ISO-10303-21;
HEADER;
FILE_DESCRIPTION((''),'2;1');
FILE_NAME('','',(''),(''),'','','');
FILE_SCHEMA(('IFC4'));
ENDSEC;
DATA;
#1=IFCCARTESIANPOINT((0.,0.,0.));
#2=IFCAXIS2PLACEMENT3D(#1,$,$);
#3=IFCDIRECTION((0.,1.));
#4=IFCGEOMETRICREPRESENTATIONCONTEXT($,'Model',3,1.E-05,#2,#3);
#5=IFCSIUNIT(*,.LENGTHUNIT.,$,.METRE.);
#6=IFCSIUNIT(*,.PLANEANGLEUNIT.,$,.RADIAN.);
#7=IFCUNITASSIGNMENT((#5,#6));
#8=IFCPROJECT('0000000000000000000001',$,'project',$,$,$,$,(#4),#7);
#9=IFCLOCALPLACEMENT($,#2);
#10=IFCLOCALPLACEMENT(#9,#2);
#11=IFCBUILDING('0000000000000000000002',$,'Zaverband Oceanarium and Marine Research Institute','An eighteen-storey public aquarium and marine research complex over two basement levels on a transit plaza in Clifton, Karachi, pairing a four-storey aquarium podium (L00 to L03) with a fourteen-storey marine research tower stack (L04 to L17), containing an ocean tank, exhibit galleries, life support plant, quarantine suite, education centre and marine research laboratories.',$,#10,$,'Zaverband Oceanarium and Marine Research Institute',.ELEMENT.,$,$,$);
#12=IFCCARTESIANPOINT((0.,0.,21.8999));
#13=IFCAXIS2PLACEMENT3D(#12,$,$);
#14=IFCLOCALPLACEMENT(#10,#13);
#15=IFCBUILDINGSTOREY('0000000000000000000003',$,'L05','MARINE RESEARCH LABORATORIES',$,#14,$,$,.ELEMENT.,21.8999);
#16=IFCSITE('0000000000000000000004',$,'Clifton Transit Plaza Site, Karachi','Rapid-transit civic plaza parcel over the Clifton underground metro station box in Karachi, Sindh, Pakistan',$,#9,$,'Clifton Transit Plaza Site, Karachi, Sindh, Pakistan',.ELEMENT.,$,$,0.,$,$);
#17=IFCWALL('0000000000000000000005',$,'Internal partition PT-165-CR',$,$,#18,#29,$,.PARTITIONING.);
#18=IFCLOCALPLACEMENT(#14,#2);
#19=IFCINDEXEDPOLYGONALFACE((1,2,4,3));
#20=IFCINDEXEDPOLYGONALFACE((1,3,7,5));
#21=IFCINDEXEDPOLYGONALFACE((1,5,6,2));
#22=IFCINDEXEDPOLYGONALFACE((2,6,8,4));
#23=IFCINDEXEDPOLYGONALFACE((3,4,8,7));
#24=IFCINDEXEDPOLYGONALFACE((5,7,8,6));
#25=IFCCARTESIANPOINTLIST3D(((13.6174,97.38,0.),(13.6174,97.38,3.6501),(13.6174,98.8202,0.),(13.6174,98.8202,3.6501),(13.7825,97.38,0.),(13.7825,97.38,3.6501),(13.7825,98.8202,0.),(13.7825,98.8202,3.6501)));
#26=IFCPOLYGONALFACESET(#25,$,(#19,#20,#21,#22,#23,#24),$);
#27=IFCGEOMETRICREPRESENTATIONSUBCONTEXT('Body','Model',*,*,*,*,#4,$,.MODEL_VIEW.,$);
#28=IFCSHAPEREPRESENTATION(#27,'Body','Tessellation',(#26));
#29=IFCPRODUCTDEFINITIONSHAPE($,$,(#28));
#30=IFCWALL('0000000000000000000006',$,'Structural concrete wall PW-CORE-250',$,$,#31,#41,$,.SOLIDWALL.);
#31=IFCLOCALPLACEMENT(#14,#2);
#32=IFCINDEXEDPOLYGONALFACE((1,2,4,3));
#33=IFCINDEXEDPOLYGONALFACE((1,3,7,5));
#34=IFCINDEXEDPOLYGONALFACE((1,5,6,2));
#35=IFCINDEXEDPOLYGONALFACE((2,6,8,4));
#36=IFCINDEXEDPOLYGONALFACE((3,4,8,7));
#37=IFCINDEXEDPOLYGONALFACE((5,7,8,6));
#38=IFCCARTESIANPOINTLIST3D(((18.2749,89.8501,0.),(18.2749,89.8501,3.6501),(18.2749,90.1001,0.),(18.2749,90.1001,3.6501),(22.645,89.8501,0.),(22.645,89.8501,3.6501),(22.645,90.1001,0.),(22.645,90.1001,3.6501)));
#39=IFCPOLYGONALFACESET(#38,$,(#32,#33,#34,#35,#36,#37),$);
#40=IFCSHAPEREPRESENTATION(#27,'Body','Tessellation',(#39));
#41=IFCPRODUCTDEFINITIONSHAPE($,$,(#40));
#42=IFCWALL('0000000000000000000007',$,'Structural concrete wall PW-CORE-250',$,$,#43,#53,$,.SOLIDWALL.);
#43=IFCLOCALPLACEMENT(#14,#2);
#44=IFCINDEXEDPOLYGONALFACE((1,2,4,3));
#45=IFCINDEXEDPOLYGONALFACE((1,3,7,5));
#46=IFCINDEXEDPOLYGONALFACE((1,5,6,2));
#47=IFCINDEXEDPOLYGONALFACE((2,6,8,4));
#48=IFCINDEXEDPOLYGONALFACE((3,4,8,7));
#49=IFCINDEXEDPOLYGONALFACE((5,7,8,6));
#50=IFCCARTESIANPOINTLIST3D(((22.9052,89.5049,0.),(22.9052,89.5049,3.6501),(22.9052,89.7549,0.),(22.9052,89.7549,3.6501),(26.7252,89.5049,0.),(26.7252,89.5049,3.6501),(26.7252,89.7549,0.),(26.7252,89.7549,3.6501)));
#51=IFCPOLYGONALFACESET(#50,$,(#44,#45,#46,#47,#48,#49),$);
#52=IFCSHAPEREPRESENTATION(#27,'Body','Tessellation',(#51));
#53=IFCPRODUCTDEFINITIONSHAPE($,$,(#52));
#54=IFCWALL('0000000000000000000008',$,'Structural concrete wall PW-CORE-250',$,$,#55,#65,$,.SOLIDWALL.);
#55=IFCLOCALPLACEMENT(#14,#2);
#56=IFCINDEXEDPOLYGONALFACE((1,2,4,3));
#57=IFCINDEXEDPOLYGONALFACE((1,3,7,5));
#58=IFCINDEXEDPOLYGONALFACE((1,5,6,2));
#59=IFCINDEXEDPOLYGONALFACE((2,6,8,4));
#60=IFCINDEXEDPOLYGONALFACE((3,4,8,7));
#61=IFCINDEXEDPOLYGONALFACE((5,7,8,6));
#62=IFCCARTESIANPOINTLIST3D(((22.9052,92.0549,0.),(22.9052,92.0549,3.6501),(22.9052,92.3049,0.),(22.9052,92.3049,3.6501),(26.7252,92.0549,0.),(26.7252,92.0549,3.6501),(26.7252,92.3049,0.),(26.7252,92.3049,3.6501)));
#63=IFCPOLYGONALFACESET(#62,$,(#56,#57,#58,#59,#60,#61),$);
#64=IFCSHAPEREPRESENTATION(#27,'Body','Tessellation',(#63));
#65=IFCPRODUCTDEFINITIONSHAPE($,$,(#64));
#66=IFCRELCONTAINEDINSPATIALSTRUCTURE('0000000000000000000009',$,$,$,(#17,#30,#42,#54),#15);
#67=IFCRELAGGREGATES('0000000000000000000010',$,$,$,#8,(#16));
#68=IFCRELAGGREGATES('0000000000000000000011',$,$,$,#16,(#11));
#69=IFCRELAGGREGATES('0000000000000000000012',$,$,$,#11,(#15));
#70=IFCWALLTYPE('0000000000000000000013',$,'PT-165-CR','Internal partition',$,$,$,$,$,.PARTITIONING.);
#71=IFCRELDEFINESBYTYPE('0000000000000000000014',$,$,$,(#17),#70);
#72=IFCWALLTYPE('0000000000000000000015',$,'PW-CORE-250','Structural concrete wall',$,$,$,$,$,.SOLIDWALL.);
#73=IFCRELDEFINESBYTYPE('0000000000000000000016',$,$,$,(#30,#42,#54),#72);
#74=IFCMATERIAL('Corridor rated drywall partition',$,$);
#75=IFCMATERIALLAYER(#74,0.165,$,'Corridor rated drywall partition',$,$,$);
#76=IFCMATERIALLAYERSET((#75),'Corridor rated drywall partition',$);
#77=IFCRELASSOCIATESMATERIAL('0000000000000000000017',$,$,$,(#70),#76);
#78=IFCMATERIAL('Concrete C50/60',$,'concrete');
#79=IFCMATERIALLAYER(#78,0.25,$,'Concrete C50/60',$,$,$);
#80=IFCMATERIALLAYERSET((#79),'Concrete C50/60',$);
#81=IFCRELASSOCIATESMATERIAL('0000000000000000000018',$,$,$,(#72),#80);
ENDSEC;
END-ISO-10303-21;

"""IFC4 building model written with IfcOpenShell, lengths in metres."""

from ifc_helpers import new_model, si_unit, direction, frame, frame_2d, origin, place, context, subcontext, project, spatial, rectangle, extrude, material, layer, layer_set, type_object, element, save


model = new_model("IFC4")

# Units and contexts
model_context = context("Model", 3, precision=1e-05, world=origin(), true_north=direction((0.0, 1.0)))
body_context = subcontext(model_context, "Body", "Model", "MODEL_VIEW")
ifc_project = project(units=[si_unit("LENGTHUNIT", "METRE"), si_unit("PLANEANGLEUNIT", "RADIAN")], contexts=[model_context])

# Site, building, storey
site_placement = place(None, origin())
site = spatial("IfcSite", under=ifc_project, at=site_placement, Name="Clifton Transit Plaza Site, Karachi", Description="Rapid-transit civic plaza parcel over the Clifton underground metro station box in Karachi, Sindh, Pakistan", LongName="Clifton Transit Plaza Site, Karachi, Sindh, Pakistan", CompositionType="ELEMENT", RefElevation=0.0)
building_placement = place(site_placement, origin())
building = spatial("IfcBuilding", under=site, at=building_placement, Name="Zaverband Oceanarium and Marine Research Institute", Description="An eighteen-storey public aquarium and marine research complex over two basement levels on a transit plaza in Clifton, Karachi, pairing a four-storey aquarium podium (L00 to L03) with a fourteen-storey marine research tower stack (L04 to L17), containing an ocean tank, exhibit galleries, life support plant, quarantine suite, education centre and marine research laboratories.", LongName="Zaverband Oceanarium and Marine Research Institute", CompositionType="ELEMENT")
storey_placement = place(building_placement, frame((0.0, 0.0, 21.8999)))
storey = spatial("IfcBuildingStorey", under=building, at=storey_placement, Name="L05", Description="MARINE RESEARCH LABORATORIES", CompositionType="ELEMENT", Elevation=21.8999)

# Shared definitions
ifc_material_1 = material(Name="Concrete C50/60", Category="concrete")

# Walls
ifc_material_2 = material(Name="Corridor rated drywall partition")
ifc_layer_1 = layer(ifc_material_2, 0.165, Name="Corridor rated drywall partition")
ifc_layer_set_1 = layer_set([ifc_layer_1], Name="Corridor rated drywall partition")
wall_type_1 = type_object("IfcWallType", Name="PT-165-CR", Description="Internal partition", PredefinedType="PARTITIONING", material=ifc_layer_set_1)
for number, where, z_axis, x_axis, name in (
    (1, (13.7, 97.3799, 0.0), (0.0, 0.0, 1.0), (0.0, 1.0, 0.0), "Internal partition PT-165-CR"),
):
    element("IfcWall", number, at=place(storey_placement, frame(where, z_axis=z_axis, x_axis=x_axis)), inside=storey, type_object=wall_type_1, Name=name, PredefinedType="PARTITIONING", context=body_context, shape_type="SweptSolid", body=[
        extrude(rectangle(XDim=1.4402, YDim=0.165, at=frame_2d((0.7202, 0.0))), origin(), (0.0, 0.0, 1.0), 3.6501),
    ])
ifc_layer_2 = layer(ifc_material_1, 0.25, Name="Concrete C50/60")
ifc_layer_set_2 = layer_set([ifc_layer_2], Name="Concrete C50/60")
wall_type_2 = type_object("IfcWallType", Name="PW-CORE-250", Description="Structural concrete wall", PredefinedType="SOLIDWALL", material=ifc_layer_set_2)
wall_1_placement = place(storey_placement, frame((18.2749, 89.9751, 0.0), z_axis=(0.0, 0.0, 1.0), x_axis=(1.0, 0.0, 0.0)))
element("IfcWall", 2, at=wall_1_placement, inside=storey, type_object=wall_type_2, Name="Structural concrete wall PW-CORE-250", PredefinedType="SOLIDWALL", context=body_context, shape_type="SweptSolid", body=[
    extrude(rectangle(XDim=4.3701, YDim=0.25, at=frame_2d((2.1851, 0.0))), origin(), (0.0, 0.0, 1.0), 3.6501),
])
for number, where, z_axis, x_axis, name in (
    (3, (22.905, 89.6299, 0.0), (0.0, 0.0, 1.0), (1.0, 0.0, 0.0), "Structural concrete wall PW-CORE-250"),
    (4, (22.905, 92.1799, 0.0), (0.0, 0.0, 1.0), (1.0, 0.0, 0.0), "Structural concrete wall PW-CORE-250"),
):
    element("IfcWall", number, at=place(storey_placement, frame(where, z_axis=z_axis, x_axis=x_axis)), inside=storey, type_object=wall_type_2, Name=name, PredefinedType="SOLIDWALL", context=body_context, shape_type="SweptSolid", body=[
        extrude(rectangle(XDim=3.8201, YDim=0.25, at=frame_2d((1.9102, 0.0))), origin(), (0.0, 0.0, 1.0), 3.6501),
    ])

save(model, "model.ifc")
